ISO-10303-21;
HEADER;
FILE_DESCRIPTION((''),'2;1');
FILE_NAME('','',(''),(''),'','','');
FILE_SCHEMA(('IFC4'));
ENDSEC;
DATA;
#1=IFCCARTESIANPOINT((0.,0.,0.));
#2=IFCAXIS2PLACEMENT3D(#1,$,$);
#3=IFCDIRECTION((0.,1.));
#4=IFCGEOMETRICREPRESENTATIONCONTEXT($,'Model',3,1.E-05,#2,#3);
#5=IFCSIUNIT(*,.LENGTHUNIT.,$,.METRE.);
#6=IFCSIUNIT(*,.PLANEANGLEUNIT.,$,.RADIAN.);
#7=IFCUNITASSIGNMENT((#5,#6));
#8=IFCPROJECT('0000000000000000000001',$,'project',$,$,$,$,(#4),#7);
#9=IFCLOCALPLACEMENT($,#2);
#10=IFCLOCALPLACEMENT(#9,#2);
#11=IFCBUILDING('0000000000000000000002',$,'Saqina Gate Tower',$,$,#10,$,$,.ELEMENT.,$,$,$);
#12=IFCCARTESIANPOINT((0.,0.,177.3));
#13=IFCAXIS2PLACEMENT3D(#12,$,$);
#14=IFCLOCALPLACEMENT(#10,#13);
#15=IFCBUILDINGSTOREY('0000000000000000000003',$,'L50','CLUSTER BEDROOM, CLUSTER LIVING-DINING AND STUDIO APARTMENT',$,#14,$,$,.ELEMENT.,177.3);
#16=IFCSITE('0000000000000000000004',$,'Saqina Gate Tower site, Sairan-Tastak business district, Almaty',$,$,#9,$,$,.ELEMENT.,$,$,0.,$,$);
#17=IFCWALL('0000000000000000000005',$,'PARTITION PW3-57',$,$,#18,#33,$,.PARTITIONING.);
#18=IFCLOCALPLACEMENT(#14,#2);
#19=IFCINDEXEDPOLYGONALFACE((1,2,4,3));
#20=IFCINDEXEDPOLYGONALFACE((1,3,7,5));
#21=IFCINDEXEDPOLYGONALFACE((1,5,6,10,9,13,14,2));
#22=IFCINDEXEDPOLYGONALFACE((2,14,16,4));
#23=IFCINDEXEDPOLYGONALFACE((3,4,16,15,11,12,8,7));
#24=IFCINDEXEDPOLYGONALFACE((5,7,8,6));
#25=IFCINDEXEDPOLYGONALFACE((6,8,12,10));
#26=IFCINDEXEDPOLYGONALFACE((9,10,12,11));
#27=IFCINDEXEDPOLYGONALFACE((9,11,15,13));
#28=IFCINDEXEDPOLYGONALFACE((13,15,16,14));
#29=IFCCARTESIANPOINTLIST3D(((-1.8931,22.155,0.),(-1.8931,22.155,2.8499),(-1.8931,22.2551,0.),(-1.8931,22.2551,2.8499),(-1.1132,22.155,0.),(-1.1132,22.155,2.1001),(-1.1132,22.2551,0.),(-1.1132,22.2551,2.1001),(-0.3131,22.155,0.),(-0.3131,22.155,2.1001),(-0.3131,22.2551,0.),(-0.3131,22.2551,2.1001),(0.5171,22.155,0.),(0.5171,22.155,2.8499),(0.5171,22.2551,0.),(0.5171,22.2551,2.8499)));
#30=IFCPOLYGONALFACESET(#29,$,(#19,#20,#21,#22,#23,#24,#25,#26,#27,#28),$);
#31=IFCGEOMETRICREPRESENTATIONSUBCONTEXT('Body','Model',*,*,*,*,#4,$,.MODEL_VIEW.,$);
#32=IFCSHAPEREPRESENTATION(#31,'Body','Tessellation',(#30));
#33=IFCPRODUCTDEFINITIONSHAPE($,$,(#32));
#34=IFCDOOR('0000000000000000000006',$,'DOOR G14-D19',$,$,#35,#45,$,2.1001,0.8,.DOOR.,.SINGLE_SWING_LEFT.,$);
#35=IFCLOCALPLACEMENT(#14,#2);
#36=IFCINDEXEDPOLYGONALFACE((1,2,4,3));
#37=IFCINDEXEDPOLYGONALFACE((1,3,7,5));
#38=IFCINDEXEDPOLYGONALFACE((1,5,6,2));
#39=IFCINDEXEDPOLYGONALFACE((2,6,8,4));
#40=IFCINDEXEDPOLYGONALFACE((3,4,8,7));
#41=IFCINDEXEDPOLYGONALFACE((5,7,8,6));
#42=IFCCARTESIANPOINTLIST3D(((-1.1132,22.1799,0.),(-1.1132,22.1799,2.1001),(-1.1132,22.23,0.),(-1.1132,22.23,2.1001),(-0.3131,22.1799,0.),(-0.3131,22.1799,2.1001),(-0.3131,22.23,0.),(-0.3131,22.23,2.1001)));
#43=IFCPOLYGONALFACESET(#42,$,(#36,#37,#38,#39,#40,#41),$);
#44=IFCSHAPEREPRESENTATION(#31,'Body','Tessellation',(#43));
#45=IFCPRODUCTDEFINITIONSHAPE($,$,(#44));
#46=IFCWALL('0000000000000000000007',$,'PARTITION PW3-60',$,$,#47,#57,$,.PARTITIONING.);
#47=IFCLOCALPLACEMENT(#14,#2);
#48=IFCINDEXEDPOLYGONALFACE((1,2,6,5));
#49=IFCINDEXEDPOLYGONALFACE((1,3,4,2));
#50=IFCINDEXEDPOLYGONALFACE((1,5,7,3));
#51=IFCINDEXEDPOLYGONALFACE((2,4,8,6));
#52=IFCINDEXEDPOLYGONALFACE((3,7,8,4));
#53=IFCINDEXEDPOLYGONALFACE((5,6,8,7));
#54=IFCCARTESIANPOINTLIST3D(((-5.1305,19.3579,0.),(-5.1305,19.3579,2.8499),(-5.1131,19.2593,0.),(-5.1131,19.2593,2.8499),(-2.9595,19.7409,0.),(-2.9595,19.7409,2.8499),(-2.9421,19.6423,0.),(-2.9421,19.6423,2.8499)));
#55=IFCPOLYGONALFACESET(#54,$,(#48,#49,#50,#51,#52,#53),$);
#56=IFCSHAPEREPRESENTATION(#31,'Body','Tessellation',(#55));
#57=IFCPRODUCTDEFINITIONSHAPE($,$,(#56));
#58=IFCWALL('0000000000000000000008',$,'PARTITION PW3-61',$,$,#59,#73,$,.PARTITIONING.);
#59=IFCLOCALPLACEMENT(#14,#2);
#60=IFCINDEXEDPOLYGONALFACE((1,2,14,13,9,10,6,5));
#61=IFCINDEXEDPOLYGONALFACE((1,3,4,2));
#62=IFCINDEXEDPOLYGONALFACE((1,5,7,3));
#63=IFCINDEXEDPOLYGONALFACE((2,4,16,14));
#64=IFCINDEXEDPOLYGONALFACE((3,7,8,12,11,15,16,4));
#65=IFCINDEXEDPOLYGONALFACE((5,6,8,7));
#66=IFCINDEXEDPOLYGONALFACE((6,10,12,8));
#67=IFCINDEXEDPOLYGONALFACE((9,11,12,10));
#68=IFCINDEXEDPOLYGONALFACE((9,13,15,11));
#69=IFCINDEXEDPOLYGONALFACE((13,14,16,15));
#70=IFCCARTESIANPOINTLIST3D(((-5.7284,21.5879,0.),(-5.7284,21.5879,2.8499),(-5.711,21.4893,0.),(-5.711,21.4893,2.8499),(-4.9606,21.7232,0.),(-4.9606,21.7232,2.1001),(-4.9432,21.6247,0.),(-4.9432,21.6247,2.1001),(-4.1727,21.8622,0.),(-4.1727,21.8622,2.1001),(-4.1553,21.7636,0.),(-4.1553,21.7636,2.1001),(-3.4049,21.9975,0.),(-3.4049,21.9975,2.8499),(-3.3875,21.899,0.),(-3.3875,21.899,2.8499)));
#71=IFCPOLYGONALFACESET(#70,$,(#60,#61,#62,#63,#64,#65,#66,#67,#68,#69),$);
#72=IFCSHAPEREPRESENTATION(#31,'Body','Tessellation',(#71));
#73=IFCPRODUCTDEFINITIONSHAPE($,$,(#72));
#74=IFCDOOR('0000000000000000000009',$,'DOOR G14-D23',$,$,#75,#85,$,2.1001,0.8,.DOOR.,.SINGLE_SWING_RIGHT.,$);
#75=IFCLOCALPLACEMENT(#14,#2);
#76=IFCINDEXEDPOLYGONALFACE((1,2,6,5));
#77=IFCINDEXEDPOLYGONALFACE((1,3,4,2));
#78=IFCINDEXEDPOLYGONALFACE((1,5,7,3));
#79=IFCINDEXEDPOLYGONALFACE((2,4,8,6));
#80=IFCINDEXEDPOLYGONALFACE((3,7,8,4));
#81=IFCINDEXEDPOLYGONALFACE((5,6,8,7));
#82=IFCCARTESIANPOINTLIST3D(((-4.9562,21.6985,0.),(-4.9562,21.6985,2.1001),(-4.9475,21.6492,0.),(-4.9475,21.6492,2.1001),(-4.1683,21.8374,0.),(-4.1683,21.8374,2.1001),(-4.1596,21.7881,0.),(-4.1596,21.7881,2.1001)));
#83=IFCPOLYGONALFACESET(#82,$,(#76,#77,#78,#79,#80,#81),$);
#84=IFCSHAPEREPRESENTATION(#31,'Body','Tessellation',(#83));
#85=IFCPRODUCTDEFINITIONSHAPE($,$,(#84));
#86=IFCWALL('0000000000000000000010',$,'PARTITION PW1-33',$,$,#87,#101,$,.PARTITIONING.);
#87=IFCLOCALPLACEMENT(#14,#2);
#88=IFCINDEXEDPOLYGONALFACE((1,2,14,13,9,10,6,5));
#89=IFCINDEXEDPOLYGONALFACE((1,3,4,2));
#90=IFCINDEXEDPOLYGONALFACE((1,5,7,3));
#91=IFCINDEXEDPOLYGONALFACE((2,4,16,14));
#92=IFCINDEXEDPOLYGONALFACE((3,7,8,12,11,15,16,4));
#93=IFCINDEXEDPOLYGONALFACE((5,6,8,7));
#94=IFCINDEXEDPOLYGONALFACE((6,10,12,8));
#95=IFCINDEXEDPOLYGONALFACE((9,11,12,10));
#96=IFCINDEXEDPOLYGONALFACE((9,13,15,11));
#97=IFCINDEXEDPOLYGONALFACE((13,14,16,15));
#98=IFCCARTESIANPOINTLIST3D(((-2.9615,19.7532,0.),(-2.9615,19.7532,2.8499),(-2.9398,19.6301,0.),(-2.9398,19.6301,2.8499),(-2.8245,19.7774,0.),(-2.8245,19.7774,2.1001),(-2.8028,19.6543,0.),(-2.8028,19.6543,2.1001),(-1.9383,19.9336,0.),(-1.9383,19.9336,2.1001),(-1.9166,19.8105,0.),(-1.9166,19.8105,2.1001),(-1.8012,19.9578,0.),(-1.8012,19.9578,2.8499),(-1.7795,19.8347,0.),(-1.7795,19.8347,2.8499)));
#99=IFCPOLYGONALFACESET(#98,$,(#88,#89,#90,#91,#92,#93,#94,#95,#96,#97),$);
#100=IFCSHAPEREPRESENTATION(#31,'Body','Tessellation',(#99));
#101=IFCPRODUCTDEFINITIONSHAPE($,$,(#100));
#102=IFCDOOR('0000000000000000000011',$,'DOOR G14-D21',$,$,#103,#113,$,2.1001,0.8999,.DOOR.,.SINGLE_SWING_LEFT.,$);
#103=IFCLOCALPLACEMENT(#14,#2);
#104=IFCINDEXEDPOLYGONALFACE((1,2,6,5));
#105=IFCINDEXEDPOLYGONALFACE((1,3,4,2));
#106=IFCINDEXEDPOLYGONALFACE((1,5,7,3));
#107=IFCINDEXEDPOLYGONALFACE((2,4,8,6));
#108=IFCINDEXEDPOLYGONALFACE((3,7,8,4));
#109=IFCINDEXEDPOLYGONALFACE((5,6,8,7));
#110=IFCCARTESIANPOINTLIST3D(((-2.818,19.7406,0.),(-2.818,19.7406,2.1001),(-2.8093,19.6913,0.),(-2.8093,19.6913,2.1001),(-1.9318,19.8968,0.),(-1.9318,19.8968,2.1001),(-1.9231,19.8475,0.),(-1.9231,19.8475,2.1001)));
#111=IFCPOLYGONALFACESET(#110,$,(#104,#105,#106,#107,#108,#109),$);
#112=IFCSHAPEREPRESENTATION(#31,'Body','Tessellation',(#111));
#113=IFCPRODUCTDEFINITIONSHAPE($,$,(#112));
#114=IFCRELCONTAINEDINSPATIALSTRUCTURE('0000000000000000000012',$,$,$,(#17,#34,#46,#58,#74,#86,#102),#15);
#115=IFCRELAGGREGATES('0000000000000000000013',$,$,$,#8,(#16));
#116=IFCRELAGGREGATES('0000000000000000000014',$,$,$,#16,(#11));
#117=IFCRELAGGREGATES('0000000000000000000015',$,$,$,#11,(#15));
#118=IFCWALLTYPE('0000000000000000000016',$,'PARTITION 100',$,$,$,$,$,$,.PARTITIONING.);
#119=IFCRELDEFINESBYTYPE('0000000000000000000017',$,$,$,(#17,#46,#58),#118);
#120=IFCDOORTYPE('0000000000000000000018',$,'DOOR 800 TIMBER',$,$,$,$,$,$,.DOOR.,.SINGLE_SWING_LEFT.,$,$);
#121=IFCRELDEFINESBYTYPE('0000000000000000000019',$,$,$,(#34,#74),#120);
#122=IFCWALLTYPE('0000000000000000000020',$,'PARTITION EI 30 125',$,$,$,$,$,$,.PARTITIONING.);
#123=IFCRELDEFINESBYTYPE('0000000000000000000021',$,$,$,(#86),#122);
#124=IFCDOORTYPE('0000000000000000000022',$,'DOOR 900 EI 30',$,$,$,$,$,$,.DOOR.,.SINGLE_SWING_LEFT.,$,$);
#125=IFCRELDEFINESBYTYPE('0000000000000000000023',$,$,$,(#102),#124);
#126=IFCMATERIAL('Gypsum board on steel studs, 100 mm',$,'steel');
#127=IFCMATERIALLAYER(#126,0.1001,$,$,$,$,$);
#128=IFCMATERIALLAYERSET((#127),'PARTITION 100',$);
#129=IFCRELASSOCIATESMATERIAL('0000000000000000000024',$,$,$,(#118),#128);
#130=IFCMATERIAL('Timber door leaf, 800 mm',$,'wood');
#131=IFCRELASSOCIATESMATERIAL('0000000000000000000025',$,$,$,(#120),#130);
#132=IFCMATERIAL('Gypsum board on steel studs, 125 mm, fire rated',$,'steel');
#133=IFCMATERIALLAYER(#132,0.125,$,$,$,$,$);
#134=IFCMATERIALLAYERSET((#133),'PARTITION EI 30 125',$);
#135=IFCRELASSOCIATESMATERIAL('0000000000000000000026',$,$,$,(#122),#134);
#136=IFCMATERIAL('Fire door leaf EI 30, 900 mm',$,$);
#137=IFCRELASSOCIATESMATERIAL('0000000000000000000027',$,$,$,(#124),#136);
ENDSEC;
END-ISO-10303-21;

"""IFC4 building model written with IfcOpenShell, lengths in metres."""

from ifc_helpers import new_model, si_unit, direction, frame, frame_2d, origin, place, context, subcontext, project, spatial, rectangle, extrude, material, layer, layer_set, type_object, element, fill, save


model = new_model("IFC4")

# Units and contexts
model_context = context("Model", 3, precision=1e-05, world=origin(), true_north=direction((0.0, 1.0)))
body_context = subcontext(model_context, "Body", "Model", "MODEL_VIEW")
ifc_project = project(units=[si_unit("LENGTHUNIT", "METRE"), si_unit("PLANEANGLEUNIT", "RADIAN")], contexts=[model_context])

# Site, building, storey
site_placement = place(None, origin())
site = spatial("IfcSite", under=ifc_project, at=site_placement, Name="Saqina Gate Tower site, Sairan-Tastak business district, Almaty", CompositionType="ELEMENT", RefElevation=0.0)
building_placement = place(site_placement, origin())
building = spatial("IfcBuilding", under=site, at=building_placement, Name="Saqina Gate Tower", CompositionType="ELEMENT")
storey_placement = place(building_placement, frame((0.0, 0.0, 177.3)))
storey = spatial("IfcBuildingStorey", under=building, at=storey_placement, Name="L50", Description="CLUSTER BEDROOM, CLUSTER LIVING-DINING AND STUDIO APARTMENT", CompositionType="ELEMENT", Elevation=177.3)

# Shared definitions
ifc_material_1 = material(Name="Gypsum board on steel studs, 100 mm", Category="steel")
ifc_layer_1 = layer(ifc_material_1, 0.1001)
ifc_layer_set_1 = layer_set([ifc_layer_1], Name="PARTITION 100")
wall_type_1 = type_object("IfcWallType", Name="PARTITION 100", PredefinedType="PARTITIONING", material=ifc_layer_set_1)

# Shared definitions
ifc_material_2 = material(Name="Timber door leaf, 800 mm", Category="wood")
door_type_1 = type_object("IfcDoorType", Name="DOOR 800 TIMBER", OperationType="SINGLE_SWING_LEFT", PredefinedType="DOOR", material=ifc_material_2)

# Wall, opening, door
wall_1_placement = place(storey_placement, frame((-1.8931, 22.2051, 0.0), z_axis=(0.0, 0.0, 1.0), x_axis=(1.0, 0.0, 0.0)))
wall_1 = element("IfcWall", 1, at=wall_1_placement, inside=storey, type_object=wall_type_1, Name="PARTITION PW3-57", PredefinedType="PARTITIONING", context=body_context, shape_type="SweptSolid", body=[
    extrude(rectangle(XDim=2.4102, YDim=0.1001, at=frame_2d((1.2051, 0.0))), origin(), (0.0, 0.0, 1.0), 2.8499),
])
opening_1_placement = place(wall_1_placement, frame((0.78, 0.0, 0.0)))
opening_1 = element("IfcOpeningElement", 2, at=opening_1_placement, cuts=wall_1, PredefinedType="OPENING", context=body_context, shape_type="SweptSolid", body=[
    extrude(rectangle(XDim=0.8, YDim=2.1001, at=frame_2d((0.3999, 1.05))), frame((0.0, 0.062, 0.0), z_axis=(0.0, -1.0, 0.0), x_axis=(1.0, 0.0, 0.0)), (0.0, 0.0, 1.0), 0.124),
])
door_1_placement = place(opening_1_placement, origin())
door_1 = element("IfcDoor", 3, at=door_1_placement, inside=storey, type_object=door_type_1, Name="DOOR G14-D19", OperationType="SINGLE_SWING_LEFT", OverallHeight=2.1001, OverallWidth=0.8, PredefinedType="DOOR", context=body_context, shape_type="SweptSolid", body=[
    extrude(rectangle(XDim=0.8, YDim=2.1001, at=frame_2d((0.3999, 1.05))), frame((0.0, 0.0249, 0.0), z_axis=(0.0, -1.0, 0.0), x_axis=(1.0, 0.0, 0.0)), (0.0, 0.0, 1.0), 0.05),
])
fill(opening_1, door_1)

# Wall
wall_2_placement = place(storey_placement, frame((-5.1218, 19.3086, 0.0), z_axis=(0.0, 0.0, 1.0), x_axis=(0.98479, 0.173747, 0.0)))
element("IfcWall", 4, at=wall_2_placement, inside=storey, type_object=wall_type_1, Name="PARTITION PW3-60", PredefinedType="PARTITIONING", context=body_context, shape_type="SweptSolid", body=[
    extrude(rectangle(XDim=2.2046, YDim=0.1001, at=frame_2d((1.1023, 0.0))), origin(), (0.0, 0.0, 1.0), 2.8499),
])

# Walls, openings, doors
wall_3_placement = place(storey_placement, frame((-5.7197, 21.5386, 0.0), z_axis=(0.0, 0.0, 1.0), x_axis=(0.98481, 0.173638, 0.0)))
wall_3 = element("IfcWall", 5, at=wall_3_placement, inside=storey, type_object=wall_type_1, Name="PARTITION PW3-61", PredefinedType="PARTITIONING", context=body_context, shape_type="SweptSolid", body=[
    extrude(rectangle(XDim=2.3594, YDim=0.1001, at=frame_2d((1.1797, 0.0))), origin(), (0.0, 0.0, 1.0), 2.8499),
])
opening_2_placement = place(wall_3_placement, frame((0.7798, 0.0, 0.0)))
opening_2 = element("IfcOpeningElement", 6, at=opening_2_placement, cuts=wall_3, PredefinedType="OPENING", context=body_context, shape_type="SweptSolid", body=[
    extrude(rectangle(XDim=0.8, YDim=2.1001, at=frame_2d((0.3999, 1.05))), frame((0.0, 0.062, 0.0), z_axis=(0.0, -1.0, 0.0), x_axis=(1.0, 0.0, 0.0)), (0.0, 0.0, 1.0), 0.124),
])
door_2_placement = place(opening_2_placement, origin())
door_2 = element("IfcDoor", 7, at=door_2_placement, inside=storey, type_object=door_type_1, Name="DOOR G14-D23", OperationType="SINGLE_SWING_RIGHT", OverallHeight=2.1001, OverallWidth=0.8, PredefinedType="DOOR", context=body_context, shape_type="SweptSolid", body=[
    extrude(rectangle(XDim=0.8, YDim=2.1001, at=frame_2d((0.3999, 1.05))), frame((0.0, 0.0249, 0.0), z_axis=(0.0, -1.0, 0.0), x_axis=(1.0, 0.0, 0.0)), (0.0, 0.0, 1.0), 0.05),
])
fill(opening_2, door_2)
ifc_material_3 = material(Name="Gypsum board on steel studs, 125 mm, fire rated", Category="steel")
ifc_layer_2 = layer(ifc_material_3, 0.125)
ifc_layer_set_2 = layer_set([ifc_layer_2], Name="PARTITION EI 30 125")
wall_type_2 = type_object("IfcWallType", Name="PARTITION EI 30 125", PredefinedType="PARTITIONING", material=ifc_layer_set_2)
wall_4_placement = place(storey_placement, frame((-2.9507, 19.6917, 0.0), z_axis=(0.0, 0.0, 1.0), x_axis=(0.984811, 0.173632, 0.0)))
wall_4 = element("IfcWall", 8, at=wall_4_placement, inside=storey, type_object=wall_type_2, Name="PARTITION PW1-33", PredefinedType="PARTITIONING", context=body_context, shape_type="SweptSolid", body=[
    extrude(rectangle(XDim=1.1782, YDim=0.125, at=frame_2d((0.5891, 0.0))), origin(), (0.0, 0.0, 1.0), 2.8499),
])
opening_3_placement = place(wall_4_placement, frame((0.1392, 0.0, 0.0)))
opening_3 = element("IfcOpeningElement", 9, at=opening_3_placement, cuts=wall_4, PredefinedType="OPENING", context=body_context, shape_type="SweptSolid", body=[
    extrude(rectangle(XDim=0.8999, YDim=2.1001, at=frame_2d((0.45, 1.05))), frame((0.0, 0.0745, 0.0), z_axis=(0.0, -1.0, 0.0), x_axis=(1.0, 0.0, 0.0)), (0.0, 0.0, 1.0), 0.1489),
])
ifc_material_4 = material(Name="Fire door leaf EI 30, 900 mm")
door_type_2 = type_object("IfcDoorType", Name="DOOR 900 EI 30", OperationType="SINGLE_SWING_LEFT", PredefinedType="DOOR", material=ifc_material_4)
door_3_placement = place(opening_3_placement, frame((0.8999, 0.0, 0.0), z_axis=(0.0, 0.0, 1.0), x_axis=(-1.0, 0.0, 0.0)))
door_3 = element("IfcDoor", 10, at=door_3_placement, inside=storey, type_object=door_type_2, Name="DOOR G14-D21", OperationType="SINGLE_SWING_LEFT", OverallHeight=2.1001, OverallWidth=0.8999, PredefinedType="DOOR", context=body_context, shape_type="SweptSolid", body=[
    extrude(rectangle(XDim=0.8999, YDim=2.1001, at=frame_2d((0.45, 1.05))), frame((0.0, 0.0249, 0.0), z_axis=(0.0, -1.0, 0.0), x_axis=(1.0, 0.0, 0.0)), (0.0, 0.0, 1.0), 0.05),
])
fill(opening_3, door_3)

save(model, "model.ifc")
